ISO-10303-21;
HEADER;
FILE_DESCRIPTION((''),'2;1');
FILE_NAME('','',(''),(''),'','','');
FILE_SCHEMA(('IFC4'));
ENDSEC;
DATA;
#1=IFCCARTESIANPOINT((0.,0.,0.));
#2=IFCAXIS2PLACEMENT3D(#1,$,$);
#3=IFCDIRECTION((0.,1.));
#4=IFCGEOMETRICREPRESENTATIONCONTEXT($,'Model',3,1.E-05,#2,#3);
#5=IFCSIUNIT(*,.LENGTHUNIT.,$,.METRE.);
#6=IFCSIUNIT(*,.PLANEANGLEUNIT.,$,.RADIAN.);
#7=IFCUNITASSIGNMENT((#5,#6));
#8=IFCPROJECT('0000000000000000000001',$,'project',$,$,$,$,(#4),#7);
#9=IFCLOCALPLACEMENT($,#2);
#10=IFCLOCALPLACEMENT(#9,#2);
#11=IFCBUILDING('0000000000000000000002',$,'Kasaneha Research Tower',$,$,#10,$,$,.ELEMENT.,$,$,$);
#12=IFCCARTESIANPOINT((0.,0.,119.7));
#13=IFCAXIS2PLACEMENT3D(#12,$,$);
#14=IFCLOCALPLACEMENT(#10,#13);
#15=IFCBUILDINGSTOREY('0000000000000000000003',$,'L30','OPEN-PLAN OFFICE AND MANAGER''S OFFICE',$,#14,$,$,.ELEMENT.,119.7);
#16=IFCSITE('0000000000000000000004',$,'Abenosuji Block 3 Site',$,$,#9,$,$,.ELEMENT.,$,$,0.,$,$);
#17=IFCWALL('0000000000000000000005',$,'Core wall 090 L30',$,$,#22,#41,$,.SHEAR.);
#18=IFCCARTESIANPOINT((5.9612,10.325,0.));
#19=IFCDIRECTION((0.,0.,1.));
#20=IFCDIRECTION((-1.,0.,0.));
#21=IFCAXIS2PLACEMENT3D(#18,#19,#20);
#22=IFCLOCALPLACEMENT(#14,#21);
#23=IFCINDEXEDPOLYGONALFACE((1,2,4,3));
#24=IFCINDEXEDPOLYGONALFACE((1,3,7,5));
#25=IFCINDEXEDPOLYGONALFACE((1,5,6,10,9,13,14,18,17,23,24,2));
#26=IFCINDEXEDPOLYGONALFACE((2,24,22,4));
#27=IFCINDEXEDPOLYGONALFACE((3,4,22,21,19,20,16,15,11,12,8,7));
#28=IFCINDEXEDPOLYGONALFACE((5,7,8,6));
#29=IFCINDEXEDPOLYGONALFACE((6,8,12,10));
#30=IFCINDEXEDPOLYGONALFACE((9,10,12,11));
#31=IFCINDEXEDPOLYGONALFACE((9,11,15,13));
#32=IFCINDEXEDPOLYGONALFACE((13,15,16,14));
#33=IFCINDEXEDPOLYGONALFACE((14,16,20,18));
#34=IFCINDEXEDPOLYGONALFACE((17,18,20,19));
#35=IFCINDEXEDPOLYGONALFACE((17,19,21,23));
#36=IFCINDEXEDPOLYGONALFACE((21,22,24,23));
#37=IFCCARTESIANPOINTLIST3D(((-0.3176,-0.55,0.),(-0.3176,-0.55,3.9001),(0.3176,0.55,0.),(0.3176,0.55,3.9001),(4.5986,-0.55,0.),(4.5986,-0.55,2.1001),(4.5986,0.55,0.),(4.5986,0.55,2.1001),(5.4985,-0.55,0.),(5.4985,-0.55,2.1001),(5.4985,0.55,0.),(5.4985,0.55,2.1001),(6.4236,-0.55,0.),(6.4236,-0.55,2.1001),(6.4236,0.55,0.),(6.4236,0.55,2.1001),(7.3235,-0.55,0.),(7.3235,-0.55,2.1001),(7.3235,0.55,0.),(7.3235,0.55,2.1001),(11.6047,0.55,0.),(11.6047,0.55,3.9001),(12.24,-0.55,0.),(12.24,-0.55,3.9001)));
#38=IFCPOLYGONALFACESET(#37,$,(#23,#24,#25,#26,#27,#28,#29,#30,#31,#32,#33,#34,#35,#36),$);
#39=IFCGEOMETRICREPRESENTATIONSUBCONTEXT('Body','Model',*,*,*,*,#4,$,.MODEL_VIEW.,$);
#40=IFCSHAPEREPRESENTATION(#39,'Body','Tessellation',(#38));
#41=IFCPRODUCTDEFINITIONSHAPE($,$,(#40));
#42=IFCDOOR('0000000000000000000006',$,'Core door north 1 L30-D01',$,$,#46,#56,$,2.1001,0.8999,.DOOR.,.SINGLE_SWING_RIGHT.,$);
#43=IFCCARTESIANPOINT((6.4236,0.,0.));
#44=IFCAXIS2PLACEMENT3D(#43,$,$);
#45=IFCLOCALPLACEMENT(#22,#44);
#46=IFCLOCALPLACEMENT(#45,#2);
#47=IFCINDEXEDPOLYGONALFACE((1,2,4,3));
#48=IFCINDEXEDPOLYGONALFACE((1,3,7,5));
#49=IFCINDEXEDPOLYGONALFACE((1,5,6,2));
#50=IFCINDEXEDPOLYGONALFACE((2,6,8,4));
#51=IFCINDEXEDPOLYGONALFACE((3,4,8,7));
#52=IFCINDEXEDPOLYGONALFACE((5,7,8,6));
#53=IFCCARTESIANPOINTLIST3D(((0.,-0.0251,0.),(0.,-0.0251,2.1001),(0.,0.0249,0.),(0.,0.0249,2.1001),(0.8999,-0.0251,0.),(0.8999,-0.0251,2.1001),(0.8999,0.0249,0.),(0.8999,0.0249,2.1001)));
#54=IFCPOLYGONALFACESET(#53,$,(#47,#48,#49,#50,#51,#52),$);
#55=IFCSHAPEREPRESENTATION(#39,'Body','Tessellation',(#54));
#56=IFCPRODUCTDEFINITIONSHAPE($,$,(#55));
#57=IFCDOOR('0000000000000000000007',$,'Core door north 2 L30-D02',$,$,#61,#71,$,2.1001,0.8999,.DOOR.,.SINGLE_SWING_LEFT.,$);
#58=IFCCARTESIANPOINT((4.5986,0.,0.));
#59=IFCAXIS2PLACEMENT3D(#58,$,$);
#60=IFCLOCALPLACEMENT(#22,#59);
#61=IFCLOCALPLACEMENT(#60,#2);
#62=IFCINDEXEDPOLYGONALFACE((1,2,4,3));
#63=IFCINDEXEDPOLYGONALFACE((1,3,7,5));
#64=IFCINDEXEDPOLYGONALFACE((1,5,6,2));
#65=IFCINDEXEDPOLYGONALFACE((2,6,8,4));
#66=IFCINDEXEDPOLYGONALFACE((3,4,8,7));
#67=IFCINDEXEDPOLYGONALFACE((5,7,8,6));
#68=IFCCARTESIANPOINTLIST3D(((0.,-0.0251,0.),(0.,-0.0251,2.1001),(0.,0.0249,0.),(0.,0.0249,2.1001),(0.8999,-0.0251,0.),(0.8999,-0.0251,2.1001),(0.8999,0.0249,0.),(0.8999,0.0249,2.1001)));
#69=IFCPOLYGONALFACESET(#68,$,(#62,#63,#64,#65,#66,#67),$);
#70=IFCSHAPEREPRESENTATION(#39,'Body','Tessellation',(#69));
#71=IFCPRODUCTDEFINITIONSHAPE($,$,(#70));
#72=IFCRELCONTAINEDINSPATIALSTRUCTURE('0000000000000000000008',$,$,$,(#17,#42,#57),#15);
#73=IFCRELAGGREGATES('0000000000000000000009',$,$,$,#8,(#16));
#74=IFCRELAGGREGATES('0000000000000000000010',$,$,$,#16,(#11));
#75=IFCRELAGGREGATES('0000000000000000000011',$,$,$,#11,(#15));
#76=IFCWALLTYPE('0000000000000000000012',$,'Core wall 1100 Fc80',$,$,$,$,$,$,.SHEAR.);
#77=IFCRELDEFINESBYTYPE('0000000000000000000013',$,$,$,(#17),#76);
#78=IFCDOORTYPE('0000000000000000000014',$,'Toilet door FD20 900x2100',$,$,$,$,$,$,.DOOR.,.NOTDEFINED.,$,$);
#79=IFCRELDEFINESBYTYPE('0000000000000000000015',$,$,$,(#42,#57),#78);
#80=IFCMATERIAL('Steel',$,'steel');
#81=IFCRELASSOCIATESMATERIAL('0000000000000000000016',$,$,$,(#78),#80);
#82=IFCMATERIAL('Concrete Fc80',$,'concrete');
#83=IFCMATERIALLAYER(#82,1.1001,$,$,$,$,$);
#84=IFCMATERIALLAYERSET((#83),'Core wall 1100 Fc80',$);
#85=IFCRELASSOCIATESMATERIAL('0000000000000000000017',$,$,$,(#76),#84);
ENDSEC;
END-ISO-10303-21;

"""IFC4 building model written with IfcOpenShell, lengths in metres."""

from ifc_helpers import new_model, si_unit, direction, frame, frame_2d, origin, place, context, subcontext, project, spatial, polyline, rectangle, outline, extrude, material, layer, layer_set, type_object, element, fill, save


model = new_model("IFC4")

# Units and contexts
model_context = context("Model", 3, precision=1e-05, world=origin(), true_north=direction((0.0, 1.0)))
body_context = subcontext(model_context, "Body", "Model", "MODEL_VIEW")
ifc_project = project(units=[si_unit("LENGTHUNIT", "METRE"), si_unit("PLANEANGLEUNIT", "RADIAN")], contexts=[model_context])

# Site, building, storey
site_placement = place(None, origin())
site = spatial("IfcSite", under=ifc_project, at=site_placement, Name="Abenosuji Block 3 Site", CompositionType="ELEMENT", RefElevation=0.0)
building_placement = place(site_placement, origin())
building = spatial("IfcBuilding", under=site, at=building_placement, Name="Kasaneha Research Tower", CompositionType="ELEMENT")
storey_placement = place(building_placement, frame((0.0, 0.0, 119.7)))
storey = spatial("IfcBuildingStorey", under=building, at=storey_placement, Name="L30", Description="OPEN-PLAN OFFICE AND MANAGER'S OFFICE", CompositionType="ELEMENT", Elevation=119.7)

# Shared definitions
ifc_material_1 = material(Name="Steel", Category="steel")
door_type_1 = type_object("IfcDoorType", Name="Toilet door FD20 900x2100", OperationType="NOTDEFINED", PredefinedType="DOOR", material=ifc_material_1)

# Wall, openings, doors
ifc_material_2 = material(Name="Concrete Fc80", Category="concrete")
ifc_layer_1 = layer(ifc_material_2, 1.1001)
ifc_layer_set_1 = layer_set([ifc_layer_1], Name="Core wall 1100 Fc80")
wall_type_1 = type_object("IfcWallType", Name="Core wall 1100 Fc80", PredefinedType="SHEAR", material=ifc_layer_set_1)
wall_1_placement = place(storey_placement, frame((5.9612, 10.325, 0.0), z_axis=(0.0, 0.0, 1.0), x_axis=(-1.0, 0.0, 0.0)))
wall_1 = element("IfcWall", 1, at=wall_1_placement, inside=storey, type_object=wall_type_1, Name="Core wall 090 L30", PredefinedType="SHEAR", context=body_context, shape_type="SweptSolid", body=[
    extrude(outline(polyline([(-0.3176, -0.55), (4.5986, -0.55), (5.4985, -0.55), (6.4236, -0.55), (7.3235, -0.55), (12.24, -0.55), (11.6047, 0.55), (7.3235, 0.55), (6.4236, 0.55), (5.4985, 0.55), (4.5986, 0.55), (0.3176, 0.55), (-0.3176, -0.55)])), origin(), (0.0, 0.0, 1.0), 3.9001),
])
opening_1_placement = place(wall_1_placement, frame((6.4236, 0.0, 0.0)))
opening_1 = element("IfcOpeningElement", 2, at=opening_1_placement, cuts=wall_1, PredefinedType="OPENING", context=body_context, shape_type="SweptSolid", body=[
    extrude(rectangle(XDim=0.8999, YDim=2.1001, at=frame_2d((0.45, 1.05))), frame((0.0, 0.5601, 0.0), z_axis=(0.0, -1.0, 0.0), x_axis=(1.0, 0.0, 0.0)), (0.0, 0.0, 1.0), 1.1201),
])
opening_2_placement = place(wall_1_placement, frame((4.5986, 0.0, 0.0)))
opening_2 = element("IfcOpeningElement", 3, at=opening_2_placement, cuts=wall_1, PredefinedType="OPENING", context=body_context, shape_type="SweptSolid", body=[
    extrude(rectangle(XDim=0.8999, YDim=2.1001, at=frame_2d((0.45, 1.05))), frame((0.0, 0.5601, 0.0), z_axis=(0.0, -1.0, 0.0), x_axis=(1.0, 0.0, 0.0)), (0.0, 0.0, 1.0), 1.1201),
])
door_1_placement = place(opening_1_placement, origin())
door_1 = element("IfcDoor", 4, at=door_1_placement, inside=storey, type_object=door_type_1, Name="Core door north 1 L30-D01", OperationType="SINGLE_SWING_RIGHT", OverallHeight=2.1001, OverallWidth=0.8999, PredefinedType="DOOR", context=body_context, shape_type="SweptSolid", body=[
    extrude(rectangle(XDim=0.8999, YDim=2.1001, at=frame_2d((0.45, 1.05))), frame((0.0, 0.0249, 0.0), z_axis=(0.0, -1.0, 0.0), x_axis=(1.0, 0.0, 0.0)), (0.0, 0.0, 1.0), 0.05),
])
fill(opening_1, door_1)
door_2_placement = place(opening_2_placement, origin())
door_2 = element("IfcDoor", 5, at=door_2_placement, inside=storey, type_object=door_type_1, Name="Core door north 2 L30-D02", OperationType="SINGLE_SWING_LEFT", OverallHeight=2.1001, OverallWidth=0.8999, PredefinedType="DOOR", context=body_context, shape_type="SweptSolid", body=[
    extrude(rectangle(XDim=0.8999, YDim=2.1001, at=frame_2d((0.45, 1.05))), frame((0.0, 0.0249, 0.0), z_axis=(0.0, -1.0, 0.0), x_axis=(1.0, 0.0, 0.0)), (0.0, 0.0, 1.0), 0.05),
])
fill(opening_2, door_2)

save(model, "model.ifc")
